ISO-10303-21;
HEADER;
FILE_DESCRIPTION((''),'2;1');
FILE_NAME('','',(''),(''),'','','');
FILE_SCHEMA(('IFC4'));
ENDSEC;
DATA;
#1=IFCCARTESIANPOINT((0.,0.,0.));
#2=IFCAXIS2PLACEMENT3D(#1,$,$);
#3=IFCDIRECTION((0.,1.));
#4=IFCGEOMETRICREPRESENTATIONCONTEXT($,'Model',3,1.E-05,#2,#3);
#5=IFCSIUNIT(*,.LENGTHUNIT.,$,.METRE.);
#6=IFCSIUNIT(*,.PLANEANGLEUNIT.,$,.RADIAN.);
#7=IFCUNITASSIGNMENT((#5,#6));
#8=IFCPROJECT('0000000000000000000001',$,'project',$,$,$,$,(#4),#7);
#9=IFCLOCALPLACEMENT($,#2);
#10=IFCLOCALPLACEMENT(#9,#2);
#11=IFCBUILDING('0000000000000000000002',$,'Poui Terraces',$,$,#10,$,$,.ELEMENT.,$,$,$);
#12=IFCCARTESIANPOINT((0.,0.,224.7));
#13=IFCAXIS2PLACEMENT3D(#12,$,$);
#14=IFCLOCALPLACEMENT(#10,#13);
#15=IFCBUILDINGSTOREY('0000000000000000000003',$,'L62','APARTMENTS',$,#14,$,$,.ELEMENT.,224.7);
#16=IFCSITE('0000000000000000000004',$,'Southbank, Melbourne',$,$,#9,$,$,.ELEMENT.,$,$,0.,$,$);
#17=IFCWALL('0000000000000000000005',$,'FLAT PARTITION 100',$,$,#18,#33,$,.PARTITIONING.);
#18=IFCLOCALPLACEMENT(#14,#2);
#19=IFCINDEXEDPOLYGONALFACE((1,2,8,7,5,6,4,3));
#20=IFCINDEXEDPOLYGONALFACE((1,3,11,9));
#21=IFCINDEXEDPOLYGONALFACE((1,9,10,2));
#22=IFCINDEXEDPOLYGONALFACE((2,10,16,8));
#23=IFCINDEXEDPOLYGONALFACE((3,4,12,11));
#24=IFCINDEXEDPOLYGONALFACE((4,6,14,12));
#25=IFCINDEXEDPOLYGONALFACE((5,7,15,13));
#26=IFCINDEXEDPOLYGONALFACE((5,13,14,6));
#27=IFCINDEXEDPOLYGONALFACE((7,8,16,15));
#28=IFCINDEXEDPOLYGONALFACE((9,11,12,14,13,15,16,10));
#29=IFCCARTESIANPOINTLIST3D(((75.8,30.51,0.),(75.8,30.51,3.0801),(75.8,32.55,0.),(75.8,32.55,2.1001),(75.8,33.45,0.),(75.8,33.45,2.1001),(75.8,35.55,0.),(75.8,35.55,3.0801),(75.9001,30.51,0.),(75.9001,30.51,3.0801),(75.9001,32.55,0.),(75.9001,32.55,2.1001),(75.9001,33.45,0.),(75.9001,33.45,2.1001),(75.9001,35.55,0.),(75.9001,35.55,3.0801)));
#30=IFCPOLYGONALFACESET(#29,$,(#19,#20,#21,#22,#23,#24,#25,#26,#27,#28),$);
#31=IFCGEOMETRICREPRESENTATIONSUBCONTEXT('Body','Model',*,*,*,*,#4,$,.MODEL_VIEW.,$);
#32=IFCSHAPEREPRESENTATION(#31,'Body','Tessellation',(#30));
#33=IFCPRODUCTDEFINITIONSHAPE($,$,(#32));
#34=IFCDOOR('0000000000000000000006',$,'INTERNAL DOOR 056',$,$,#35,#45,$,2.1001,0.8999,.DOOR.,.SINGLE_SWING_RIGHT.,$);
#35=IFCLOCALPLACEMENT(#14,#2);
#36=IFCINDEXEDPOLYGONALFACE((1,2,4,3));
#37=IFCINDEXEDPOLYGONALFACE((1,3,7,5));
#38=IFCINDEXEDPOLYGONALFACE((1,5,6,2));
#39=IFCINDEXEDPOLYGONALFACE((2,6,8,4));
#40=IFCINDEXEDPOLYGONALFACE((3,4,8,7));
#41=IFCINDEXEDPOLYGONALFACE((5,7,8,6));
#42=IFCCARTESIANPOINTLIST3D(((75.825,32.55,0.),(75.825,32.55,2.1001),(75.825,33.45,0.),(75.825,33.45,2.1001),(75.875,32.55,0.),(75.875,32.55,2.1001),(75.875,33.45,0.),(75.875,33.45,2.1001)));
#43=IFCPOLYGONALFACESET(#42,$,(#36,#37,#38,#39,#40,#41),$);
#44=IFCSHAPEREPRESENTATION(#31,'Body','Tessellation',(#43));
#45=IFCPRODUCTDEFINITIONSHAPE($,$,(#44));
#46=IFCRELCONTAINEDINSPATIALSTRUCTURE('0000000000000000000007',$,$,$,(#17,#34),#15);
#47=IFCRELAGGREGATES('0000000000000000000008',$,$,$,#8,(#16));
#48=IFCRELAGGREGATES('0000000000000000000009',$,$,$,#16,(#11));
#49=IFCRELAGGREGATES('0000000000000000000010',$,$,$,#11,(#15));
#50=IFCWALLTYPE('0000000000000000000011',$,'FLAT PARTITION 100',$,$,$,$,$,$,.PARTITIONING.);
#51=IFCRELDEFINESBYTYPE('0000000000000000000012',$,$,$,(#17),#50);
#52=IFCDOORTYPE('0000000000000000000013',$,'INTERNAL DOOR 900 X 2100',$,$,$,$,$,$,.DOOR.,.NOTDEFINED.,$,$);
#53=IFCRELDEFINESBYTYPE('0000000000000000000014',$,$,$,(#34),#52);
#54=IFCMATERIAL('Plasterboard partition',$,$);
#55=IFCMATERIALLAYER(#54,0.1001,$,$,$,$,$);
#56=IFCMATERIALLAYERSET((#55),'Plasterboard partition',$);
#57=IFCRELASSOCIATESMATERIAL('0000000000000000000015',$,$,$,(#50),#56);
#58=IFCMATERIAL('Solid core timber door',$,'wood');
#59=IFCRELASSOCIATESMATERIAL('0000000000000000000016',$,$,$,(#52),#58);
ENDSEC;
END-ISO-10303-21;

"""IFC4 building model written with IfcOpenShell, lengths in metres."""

from ifc_helpers import new_model, si_unit, direction, frame, frame_2d, origin, place, context, subcontext, project, spatial, rectangle, extrude, material, layer, layer_set, type_object, element, fill, save


model = new_model("IFC4")

# Units and contexts
model_context = context("Model", 3, precision=1e-05, world=origin(), true_north=direction((0.0, 1.0)))
body_context = subcontext(model_context, "Body", "Model", "MODEL_VIEW")
ifc_project = project(units=[si_unit("LENGTHUNIT", "METRE"), si_unit("PLANEANGLEUNIT", "RADIAN")], contexts=[model_context])

# Site, building, storey
site_placement = place(None, origin())
site = spatial("IfcSite", under=ifc_project, at=site_placement, Name="Southbank, Melbourne", CompositionType="ELEMENT", RefElevation=0.0)
building_placement = place(site_placement, origin())
building = spatial("IfcBuilding", under=site, at=building_placement, Name="Poui Terraces", CompositionType="ELEMENT")
storey_placement = place(building_placement, frame((0.0, 0.0, 224.7)))
storey = spatial("IfcBuildingStorey", under=building, at=storey_placement, Name="L62", Description="APARTMENTS", CompositionType="ELEMENT", Elevation=224.7)

# Shared definitions
ifc_material_1 = material(Name="Plasterboard partition")
ifc_layer_1 = layer(ifc_material_1, 0.1001)
ifc_layer_set_1 = layer_set([ifc_layer_1], Name="Plasterboard partition")
wall_type_1 = type_object("IfcWallType", Name="FLAT PARTITION 100", PredefinedType="PARTITIONING", material=ifc_layer_set_1)

# Wall, opening, door
ifc_material_2 = material(Name="Solid core timber door", Category="wood")
door_type_1 = type_object("IfcDoorType", Name="INTERNAL DOOR 900 X 2100", OperationType="NOTDEFINED", PredefinedType="DOOR", material=ifc_material_2)
wall_1_placement = place(storey_placement, frame((75.8501, 30.51, 0.0), z_axis=(0.0, 0.0, 1.0), x_axis=(0.0, 1.0, 0.0)))
wall_1 = element("IfcWall", 1, at=wall_1_placement, inside=storey, type_object=wall_type_1, Name="FLAT PARTITION 100", PredefinedType="PARTITIONING", context=body_context, shape_type="SweptSolid", body=[
    extrude(rectangle(XDim=5.04, YDim=0.1001, at=frame_2d((2.52, 0.0))), origin(), (0.0, 0.0, 1.0), 3.0801),
])
opening_1_placement = place(wall_1_placement, frame((2.04, 0.0, 0.0)))
opening_1 = element("IfcOpeningElement", 2, at=opening_1_placement, cuts=wall_1, PredefinedType="OPENING", context=body_context, shape_type="SweptSolid", body=[
    extrude(rectangle(XDim=0.8999, YDim=2.1001, at=frame_2d((0.45, 1.05))), frame((0.0, 0.0601, 0.0), z_axis=(0.0, -1.0, 0.0), x_axis=(1.0, 0.0, 0.0)), (0.0, 0.0, 1.0), 0.1201),
])
door_1_placement = place(opening_1_placement, frame((0.8999, 0.0, 0.0), z_axis=(0.0, 0.0, 1.0), x_axis=(-1.0, 0.0, 0.0)))
door_1 = element("IfcDoor", 3, at=door_1_placement, inside=storey, type_object=door_type_1, Name="INTERNAL DOOR 056", OperationType="SINGLE_SWING_RIGHT", OverallHeight=2.1001, OverallWidth=0.8999, PredefinedType="DOOR", context=body_context, shape_type="SweptSolid", body=[
    extrude(rectangle(XDim=0.8999, YDim=2.1001, at=frame_2d((0.45, 1.05))), frame((0.0, 0.0249, 0.0), z_axis=(0.0, -1.0, 0.0), x_axis=(1.0, 0.0, 0.0)), (0.0, 0.0, 1.0), 0.05),
])
fill(opening_1, door_1)

save(model, "model.ifc")
